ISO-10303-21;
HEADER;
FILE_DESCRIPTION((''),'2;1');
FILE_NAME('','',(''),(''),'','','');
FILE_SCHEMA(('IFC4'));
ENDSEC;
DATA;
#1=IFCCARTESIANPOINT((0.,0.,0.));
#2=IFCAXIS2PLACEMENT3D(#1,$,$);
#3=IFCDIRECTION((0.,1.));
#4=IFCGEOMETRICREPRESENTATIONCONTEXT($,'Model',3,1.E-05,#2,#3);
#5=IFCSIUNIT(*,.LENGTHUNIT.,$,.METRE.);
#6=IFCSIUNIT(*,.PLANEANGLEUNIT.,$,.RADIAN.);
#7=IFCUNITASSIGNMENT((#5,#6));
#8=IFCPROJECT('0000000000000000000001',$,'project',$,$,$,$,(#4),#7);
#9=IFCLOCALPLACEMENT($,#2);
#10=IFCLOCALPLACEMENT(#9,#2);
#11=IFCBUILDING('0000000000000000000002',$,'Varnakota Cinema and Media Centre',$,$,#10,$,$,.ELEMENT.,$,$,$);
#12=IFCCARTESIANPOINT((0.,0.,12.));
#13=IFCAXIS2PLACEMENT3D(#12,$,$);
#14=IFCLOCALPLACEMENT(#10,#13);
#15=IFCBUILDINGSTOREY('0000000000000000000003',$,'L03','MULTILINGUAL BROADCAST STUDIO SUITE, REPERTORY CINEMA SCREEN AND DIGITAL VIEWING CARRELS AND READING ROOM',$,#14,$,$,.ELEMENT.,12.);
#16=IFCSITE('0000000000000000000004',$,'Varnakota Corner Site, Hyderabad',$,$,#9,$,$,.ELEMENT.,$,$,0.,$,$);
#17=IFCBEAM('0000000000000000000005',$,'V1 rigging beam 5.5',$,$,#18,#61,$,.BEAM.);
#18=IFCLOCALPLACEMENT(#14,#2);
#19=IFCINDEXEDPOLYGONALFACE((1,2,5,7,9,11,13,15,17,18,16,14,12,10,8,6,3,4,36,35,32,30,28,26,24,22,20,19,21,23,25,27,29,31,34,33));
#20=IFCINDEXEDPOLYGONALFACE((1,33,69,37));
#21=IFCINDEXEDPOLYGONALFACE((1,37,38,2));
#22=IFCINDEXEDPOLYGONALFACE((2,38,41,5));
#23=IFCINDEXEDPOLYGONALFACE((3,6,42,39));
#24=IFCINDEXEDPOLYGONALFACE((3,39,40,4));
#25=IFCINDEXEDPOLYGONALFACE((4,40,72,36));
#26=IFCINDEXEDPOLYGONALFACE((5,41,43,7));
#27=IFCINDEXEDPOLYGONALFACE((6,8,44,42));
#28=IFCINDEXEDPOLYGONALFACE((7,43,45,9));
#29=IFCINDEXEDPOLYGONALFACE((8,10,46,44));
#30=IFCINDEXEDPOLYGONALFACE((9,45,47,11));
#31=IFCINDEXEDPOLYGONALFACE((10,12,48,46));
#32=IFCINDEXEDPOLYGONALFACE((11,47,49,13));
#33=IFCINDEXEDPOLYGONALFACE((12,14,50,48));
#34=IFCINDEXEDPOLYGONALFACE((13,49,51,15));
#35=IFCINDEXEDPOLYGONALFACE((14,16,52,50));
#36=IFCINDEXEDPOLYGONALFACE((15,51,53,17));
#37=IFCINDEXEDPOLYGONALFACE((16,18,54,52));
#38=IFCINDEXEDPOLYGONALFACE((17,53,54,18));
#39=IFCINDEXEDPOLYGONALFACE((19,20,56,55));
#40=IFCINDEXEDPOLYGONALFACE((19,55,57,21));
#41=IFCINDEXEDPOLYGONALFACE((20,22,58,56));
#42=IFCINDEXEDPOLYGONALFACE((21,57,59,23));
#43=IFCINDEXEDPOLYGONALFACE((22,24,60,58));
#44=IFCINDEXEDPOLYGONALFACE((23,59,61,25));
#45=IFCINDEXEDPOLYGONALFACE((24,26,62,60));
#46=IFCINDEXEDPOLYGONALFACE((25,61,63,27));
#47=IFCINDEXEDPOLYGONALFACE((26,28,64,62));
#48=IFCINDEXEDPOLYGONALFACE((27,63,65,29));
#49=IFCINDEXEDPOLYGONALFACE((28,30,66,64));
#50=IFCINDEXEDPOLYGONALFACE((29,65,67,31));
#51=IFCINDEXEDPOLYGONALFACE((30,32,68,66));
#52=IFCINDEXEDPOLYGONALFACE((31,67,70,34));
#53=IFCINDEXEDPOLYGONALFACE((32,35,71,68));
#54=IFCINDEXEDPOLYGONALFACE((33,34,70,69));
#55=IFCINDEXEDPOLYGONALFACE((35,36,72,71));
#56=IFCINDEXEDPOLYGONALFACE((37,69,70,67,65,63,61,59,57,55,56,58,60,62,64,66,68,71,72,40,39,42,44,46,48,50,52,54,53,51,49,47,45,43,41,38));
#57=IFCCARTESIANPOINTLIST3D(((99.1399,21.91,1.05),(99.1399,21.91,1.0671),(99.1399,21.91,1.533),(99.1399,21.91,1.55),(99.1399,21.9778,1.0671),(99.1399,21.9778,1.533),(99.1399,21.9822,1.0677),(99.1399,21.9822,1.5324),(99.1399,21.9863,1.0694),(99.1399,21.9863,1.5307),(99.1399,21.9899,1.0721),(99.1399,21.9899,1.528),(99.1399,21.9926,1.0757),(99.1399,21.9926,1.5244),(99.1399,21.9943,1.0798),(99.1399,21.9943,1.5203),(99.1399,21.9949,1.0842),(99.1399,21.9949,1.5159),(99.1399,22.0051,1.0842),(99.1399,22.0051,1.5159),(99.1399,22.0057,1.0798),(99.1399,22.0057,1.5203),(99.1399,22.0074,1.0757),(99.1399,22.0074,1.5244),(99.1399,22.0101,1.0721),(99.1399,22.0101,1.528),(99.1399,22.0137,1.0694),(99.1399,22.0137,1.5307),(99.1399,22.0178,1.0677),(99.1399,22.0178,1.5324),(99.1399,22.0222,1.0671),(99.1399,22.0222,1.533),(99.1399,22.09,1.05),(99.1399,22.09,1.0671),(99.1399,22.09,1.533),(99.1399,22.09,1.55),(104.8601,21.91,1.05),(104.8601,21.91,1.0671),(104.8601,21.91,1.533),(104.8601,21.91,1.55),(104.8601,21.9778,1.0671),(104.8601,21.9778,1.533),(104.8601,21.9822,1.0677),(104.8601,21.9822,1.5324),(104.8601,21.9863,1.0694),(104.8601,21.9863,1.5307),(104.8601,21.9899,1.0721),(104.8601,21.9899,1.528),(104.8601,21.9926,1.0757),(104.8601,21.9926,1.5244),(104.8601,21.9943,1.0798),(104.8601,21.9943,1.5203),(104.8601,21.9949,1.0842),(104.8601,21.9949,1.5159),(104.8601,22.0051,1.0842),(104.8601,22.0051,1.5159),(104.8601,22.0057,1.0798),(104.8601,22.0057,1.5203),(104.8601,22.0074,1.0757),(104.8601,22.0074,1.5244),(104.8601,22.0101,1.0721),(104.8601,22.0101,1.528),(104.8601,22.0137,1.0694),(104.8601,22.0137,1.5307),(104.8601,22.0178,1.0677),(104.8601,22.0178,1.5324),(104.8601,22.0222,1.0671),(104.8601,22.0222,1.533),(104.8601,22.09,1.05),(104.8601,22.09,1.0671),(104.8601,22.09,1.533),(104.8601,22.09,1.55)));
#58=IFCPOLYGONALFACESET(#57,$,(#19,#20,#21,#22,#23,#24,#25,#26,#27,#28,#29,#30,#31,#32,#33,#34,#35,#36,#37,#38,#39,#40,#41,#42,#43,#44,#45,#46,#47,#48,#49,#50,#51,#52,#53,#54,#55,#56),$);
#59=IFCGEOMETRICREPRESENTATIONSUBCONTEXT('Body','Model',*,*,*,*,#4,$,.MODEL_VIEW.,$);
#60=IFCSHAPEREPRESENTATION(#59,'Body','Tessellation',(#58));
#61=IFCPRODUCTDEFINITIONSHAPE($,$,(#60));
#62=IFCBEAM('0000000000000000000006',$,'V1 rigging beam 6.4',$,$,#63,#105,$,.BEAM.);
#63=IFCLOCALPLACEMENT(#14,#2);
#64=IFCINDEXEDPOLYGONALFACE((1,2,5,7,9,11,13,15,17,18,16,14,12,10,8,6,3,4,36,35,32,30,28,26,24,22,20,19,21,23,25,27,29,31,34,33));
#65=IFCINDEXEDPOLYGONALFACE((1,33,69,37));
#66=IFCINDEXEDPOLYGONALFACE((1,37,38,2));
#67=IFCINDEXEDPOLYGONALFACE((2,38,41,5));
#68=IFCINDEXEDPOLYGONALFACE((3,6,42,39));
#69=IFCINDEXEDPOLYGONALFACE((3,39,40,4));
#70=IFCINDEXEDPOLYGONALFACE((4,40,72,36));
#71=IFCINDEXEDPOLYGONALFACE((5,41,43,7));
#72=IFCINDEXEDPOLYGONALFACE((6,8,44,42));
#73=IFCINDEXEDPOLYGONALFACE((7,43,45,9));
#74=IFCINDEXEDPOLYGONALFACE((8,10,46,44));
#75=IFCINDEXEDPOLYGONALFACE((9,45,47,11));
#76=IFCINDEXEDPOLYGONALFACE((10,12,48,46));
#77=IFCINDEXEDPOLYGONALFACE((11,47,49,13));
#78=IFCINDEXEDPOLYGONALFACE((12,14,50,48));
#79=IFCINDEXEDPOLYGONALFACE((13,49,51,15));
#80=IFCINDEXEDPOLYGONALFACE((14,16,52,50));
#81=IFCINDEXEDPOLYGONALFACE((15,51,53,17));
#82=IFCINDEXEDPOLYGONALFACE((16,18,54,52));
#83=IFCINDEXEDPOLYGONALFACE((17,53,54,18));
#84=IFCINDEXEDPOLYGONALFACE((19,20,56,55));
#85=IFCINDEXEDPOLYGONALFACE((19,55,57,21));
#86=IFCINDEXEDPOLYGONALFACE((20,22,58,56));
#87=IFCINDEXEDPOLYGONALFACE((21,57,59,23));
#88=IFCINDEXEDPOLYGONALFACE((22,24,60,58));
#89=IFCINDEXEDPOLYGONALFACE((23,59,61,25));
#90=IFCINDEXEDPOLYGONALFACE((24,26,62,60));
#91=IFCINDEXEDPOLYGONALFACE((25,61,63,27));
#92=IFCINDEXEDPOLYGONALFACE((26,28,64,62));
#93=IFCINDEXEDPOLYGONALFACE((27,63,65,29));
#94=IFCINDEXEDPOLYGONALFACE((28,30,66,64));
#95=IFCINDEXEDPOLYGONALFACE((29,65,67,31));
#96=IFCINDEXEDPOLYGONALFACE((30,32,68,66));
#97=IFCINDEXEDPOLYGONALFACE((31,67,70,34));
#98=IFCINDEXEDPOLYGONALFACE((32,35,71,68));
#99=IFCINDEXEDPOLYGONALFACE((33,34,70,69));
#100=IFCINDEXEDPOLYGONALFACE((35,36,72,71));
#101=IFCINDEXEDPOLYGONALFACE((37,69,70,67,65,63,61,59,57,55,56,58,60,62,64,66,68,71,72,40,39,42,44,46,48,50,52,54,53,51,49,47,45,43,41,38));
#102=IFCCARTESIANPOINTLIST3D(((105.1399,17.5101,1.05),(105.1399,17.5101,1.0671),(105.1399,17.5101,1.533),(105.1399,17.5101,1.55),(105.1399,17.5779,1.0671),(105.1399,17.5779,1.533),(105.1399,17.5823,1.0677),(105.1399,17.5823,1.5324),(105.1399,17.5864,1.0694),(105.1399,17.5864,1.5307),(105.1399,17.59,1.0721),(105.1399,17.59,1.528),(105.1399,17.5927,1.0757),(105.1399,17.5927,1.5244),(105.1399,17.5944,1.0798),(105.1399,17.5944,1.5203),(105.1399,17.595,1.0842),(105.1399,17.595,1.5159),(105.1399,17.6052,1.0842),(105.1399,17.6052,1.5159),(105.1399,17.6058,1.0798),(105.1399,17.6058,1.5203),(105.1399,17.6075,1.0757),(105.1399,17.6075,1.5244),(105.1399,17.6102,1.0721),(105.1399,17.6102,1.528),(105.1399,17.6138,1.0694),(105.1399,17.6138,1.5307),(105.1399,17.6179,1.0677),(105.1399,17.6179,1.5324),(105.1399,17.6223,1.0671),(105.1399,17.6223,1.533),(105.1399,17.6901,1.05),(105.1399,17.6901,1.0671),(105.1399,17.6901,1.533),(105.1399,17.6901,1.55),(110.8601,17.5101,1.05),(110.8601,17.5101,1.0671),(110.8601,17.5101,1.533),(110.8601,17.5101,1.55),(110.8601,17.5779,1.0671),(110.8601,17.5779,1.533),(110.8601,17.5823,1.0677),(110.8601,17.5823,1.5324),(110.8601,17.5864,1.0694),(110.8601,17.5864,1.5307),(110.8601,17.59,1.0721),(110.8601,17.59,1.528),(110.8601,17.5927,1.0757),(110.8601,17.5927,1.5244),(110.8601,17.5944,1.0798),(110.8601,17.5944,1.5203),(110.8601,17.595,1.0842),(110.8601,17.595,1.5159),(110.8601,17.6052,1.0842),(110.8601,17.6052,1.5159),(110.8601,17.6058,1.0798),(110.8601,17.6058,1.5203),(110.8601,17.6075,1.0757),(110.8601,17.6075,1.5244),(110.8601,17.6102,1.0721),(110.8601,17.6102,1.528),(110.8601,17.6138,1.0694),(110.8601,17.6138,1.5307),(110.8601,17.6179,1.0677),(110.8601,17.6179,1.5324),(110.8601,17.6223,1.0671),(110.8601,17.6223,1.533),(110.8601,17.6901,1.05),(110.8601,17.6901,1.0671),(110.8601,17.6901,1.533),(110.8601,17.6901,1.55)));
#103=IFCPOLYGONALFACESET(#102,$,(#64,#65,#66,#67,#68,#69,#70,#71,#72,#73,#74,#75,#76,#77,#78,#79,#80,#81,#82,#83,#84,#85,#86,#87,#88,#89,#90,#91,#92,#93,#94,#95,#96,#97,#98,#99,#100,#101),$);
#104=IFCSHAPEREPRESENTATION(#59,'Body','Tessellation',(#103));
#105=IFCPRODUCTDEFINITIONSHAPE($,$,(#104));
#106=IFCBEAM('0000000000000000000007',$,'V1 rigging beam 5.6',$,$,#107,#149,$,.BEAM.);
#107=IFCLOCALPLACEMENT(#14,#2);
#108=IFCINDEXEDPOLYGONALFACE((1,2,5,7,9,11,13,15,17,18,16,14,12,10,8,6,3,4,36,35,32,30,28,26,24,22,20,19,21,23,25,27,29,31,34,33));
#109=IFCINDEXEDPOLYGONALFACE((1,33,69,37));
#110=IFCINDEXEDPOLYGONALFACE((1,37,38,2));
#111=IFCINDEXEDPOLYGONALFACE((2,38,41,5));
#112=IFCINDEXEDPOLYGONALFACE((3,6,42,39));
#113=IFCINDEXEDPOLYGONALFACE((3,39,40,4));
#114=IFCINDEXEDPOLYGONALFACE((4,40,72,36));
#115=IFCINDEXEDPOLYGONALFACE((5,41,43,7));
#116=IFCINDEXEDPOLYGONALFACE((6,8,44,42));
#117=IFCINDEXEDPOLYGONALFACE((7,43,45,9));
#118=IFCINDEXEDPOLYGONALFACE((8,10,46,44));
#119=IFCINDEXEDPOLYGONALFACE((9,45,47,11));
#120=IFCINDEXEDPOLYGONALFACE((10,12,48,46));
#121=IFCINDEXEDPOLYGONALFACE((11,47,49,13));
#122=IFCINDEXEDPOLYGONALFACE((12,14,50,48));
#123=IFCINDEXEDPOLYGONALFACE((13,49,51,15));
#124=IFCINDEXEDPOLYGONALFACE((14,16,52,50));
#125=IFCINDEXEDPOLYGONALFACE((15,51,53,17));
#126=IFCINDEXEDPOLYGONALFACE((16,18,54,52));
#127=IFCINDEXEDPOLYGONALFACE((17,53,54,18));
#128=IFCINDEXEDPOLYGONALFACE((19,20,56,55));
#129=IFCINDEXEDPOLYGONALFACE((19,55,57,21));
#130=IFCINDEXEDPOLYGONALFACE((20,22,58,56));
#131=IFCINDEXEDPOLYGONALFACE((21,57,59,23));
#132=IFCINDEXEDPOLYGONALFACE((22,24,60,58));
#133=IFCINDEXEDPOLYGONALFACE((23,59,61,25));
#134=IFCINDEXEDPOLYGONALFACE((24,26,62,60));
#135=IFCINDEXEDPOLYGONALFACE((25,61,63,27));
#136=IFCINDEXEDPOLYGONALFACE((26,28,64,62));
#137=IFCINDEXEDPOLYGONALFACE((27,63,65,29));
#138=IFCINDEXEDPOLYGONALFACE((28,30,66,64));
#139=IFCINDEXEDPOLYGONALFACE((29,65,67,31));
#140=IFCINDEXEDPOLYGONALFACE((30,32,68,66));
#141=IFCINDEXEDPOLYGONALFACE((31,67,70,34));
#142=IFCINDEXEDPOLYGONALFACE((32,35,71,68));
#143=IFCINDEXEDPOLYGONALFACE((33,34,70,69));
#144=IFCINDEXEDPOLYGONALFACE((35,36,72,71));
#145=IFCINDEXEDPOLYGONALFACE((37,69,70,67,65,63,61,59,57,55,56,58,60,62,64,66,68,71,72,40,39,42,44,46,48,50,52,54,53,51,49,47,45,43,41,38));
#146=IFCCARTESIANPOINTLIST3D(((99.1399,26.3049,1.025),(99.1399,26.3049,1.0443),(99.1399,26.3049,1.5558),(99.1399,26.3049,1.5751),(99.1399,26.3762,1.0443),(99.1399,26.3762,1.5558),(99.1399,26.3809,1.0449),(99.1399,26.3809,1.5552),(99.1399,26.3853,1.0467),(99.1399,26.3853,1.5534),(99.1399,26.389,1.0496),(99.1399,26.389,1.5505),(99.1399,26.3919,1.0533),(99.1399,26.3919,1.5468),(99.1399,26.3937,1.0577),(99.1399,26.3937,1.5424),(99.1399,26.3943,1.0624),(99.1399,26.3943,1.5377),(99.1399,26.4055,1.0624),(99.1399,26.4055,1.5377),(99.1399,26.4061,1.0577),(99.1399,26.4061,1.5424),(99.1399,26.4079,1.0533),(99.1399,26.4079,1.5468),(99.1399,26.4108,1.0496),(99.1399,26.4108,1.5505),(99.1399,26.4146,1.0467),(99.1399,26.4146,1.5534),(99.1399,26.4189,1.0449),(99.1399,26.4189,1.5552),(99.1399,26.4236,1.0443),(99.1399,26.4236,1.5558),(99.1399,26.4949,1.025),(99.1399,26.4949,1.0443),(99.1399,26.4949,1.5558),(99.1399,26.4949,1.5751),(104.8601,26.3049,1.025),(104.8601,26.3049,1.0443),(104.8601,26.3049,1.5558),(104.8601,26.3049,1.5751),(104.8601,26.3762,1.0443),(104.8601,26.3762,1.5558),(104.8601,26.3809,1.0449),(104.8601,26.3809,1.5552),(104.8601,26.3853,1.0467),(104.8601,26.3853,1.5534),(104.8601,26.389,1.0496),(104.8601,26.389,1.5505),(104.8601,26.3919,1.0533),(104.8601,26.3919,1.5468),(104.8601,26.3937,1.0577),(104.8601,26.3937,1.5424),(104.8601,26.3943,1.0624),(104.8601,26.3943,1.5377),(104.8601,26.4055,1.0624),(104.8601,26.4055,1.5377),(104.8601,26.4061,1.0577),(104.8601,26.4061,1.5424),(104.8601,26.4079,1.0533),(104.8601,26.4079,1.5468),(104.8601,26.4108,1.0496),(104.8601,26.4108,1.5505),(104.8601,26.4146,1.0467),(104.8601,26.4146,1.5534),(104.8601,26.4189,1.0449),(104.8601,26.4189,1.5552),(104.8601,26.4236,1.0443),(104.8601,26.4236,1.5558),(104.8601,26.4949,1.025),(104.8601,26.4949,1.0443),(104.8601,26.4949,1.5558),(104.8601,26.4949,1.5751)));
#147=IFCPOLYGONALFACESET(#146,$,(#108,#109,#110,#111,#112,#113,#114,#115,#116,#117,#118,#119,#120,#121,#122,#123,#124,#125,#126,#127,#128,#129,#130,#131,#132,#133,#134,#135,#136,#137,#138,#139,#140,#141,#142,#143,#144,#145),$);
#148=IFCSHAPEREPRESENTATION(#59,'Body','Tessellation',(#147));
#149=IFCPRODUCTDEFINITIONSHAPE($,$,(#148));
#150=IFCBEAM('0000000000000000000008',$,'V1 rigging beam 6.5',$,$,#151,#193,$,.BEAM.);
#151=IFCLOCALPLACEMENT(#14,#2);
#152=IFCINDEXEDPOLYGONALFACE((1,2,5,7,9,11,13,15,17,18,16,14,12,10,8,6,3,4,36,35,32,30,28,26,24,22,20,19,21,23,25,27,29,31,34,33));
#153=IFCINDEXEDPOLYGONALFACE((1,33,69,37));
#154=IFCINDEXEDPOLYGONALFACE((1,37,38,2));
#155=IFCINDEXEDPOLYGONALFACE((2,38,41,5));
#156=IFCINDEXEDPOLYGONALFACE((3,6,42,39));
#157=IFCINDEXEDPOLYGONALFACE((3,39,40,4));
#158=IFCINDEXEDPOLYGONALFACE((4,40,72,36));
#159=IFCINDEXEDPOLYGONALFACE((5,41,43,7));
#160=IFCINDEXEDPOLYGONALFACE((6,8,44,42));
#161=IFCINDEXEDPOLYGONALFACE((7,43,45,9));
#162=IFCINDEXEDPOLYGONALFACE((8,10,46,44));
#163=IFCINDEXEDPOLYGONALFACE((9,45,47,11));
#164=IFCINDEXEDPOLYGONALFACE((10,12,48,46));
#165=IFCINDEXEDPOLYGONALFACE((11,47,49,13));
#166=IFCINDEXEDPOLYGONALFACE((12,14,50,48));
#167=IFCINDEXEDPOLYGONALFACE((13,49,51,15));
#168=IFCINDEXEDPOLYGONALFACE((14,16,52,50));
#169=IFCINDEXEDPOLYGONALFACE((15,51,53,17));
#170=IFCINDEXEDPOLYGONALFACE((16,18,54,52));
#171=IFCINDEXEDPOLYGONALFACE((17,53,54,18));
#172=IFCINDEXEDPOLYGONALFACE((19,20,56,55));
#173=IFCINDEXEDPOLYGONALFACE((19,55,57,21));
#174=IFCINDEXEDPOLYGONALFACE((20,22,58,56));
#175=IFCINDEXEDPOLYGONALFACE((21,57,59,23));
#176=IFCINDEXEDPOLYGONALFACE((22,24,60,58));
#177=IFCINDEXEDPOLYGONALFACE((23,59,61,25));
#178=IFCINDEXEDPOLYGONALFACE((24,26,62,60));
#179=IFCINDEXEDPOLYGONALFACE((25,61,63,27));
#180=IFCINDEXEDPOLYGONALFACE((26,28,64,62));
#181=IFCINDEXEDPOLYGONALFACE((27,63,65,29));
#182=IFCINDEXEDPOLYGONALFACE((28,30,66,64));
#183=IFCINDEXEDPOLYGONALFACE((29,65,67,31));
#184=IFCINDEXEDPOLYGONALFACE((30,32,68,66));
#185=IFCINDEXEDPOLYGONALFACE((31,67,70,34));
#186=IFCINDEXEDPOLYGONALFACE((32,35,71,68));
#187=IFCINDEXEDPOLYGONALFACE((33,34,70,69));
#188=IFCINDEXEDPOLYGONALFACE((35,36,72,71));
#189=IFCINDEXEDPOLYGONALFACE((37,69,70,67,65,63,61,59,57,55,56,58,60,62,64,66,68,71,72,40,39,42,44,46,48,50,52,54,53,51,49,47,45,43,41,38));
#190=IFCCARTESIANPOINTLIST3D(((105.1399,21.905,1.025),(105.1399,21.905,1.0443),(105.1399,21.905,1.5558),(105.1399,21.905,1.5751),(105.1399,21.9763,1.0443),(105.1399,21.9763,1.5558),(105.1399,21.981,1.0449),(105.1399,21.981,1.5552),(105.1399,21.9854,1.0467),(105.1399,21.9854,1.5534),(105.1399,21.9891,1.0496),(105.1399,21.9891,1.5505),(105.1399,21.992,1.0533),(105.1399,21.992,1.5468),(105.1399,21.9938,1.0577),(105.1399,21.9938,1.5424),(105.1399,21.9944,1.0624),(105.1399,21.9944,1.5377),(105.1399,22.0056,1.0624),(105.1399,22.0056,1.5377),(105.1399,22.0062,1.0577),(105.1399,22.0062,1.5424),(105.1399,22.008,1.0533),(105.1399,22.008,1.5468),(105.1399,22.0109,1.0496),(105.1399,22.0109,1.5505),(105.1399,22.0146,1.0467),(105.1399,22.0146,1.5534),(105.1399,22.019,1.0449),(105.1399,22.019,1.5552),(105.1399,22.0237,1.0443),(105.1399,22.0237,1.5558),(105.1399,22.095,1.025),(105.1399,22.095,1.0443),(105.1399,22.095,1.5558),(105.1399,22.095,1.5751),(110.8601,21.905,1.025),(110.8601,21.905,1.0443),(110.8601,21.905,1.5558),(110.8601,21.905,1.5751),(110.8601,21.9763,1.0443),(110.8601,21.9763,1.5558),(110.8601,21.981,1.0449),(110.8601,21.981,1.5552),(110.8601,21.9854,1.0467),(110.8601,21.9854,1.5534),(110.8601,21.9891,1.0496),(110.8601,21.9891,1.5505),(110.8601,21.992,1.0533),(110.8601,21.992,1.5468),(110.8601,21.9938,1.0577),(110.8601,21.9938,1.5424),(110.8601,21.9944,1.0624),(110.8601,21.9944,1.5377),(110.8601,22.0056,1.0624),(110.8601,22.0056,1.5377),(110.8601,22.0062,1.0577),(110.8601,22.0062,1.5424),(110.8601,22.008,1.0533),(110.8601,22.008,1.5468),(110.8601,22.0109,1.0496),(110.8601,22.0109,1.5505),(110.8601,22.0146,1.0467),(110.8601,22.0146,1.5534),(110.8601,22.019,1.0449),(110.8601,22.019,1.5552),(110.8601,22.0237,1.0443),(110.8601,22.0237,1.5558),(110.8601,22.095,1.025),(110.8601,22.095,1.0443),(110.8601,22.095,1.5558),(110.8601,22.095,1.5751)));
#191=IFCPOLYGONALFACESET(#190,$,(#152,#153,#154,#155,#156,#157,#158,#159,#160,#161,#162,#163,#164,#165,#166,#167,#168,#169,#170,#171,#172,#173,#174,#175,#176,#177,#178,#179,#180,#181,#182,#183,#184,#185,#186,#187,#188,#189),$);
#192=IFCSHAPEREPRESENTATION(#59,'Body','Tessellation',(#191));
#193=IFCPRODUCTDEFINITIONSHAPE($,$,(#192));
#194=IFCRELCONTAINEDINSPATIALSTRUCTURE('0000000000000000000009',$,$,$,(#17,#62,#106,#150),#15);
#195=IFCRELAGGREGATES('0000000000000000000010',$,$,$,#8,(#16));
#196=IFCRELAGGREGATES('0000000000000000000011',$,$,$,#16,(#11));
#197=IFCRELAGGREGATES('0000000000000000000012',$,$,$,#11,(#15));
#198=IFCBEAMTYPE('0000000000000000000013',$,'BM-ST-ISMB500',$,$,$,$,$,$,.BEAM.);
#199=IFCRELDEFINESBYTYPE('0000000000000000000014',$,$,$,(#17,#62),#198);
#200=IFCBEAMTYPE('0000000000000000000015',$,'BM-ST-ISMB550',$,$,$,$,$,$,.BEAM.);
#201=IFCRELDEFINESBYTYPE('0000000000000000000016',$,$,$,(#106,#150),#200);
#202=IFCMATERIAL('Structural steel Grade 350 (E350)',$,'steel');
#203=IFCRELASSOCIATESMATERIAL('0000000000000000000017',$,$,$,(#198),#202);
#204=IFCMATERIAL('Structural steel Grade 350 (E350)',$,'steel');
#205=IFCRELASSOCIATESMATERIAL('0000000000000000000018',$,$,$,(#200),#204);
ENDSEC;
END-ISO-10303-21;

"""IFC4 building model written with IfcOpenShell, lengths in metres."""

from ifc_helpers import new_model, si_unit, direction, frame, origin, origin_2d, place, context, subcontext, project, spatial, i_section, extrude, material, material_profile, profile_set, type_object, element, save


model = new_model("IFC4")

# Units and contexts
model_context = context("Model", 3, precision=1e-05, world=origin(), true_north=direction((0.0, 1.0)))
body_context = subcontext(model_context, "Body", "Model", "MODEL_VIEW")
ifc_project = project(units=[si_unit("LENGTHUNIT", "METRE"), si_unit("PLANEANGLEUNIT", "RADIAN")], contexts=[model_context])

# Site, building, storey
site_placement = place(None, origin())
site = spatial("IfcSite", under=ifc_project, at=site_placement, Name="Varnakota Corner Site, Hyderabad", CompositionType="ELEMENT", RefElevation=0.0)
building_placement = place(site_placement, origin())
building = spatial("IfcBuilding", under=site, at=building_placement, Name="Varnakota Cinema and Media Centre", CompositionType="ELEMENT")
storey_placement = place(building_placement, frame((0.0, 0.0, 12.0)))
storey = spatial("IfcBuildingStorey", under=building, at=storey_placement, Name="L03", Description="MULTILINGUAL BROADCAST STUDIO SUITE, REPERTORY CINEMA SCREEN AND DIGITAL VIEWING CARRELS AND READING ROOM", CompositionType="ELEMENT", Elevation=12.0)

# Beams
ifc_material_1 = material(Name="Structural steel Grade 350 (E350)", Category="steel")
ifc_material_profile_1 = material_profile(ifc_material_1, i_section(OverallWidth=0.1799, OverallDepth=0.5, WebThickness=0.0103, FlangeThickness=0.0171, FilletRadius=0.0171, at=origin_2d()), Name="ISMB 500")
ifc_profile_set_1 = profile_set([ifc_material_profile_1], Name="Structural steel Grade 350 (E350)")
beam_type_1 = type_object("IfcBeamType", Name="BM-ST-ISMB500", PredefinedType="BEAM", material=ifc_profile_set_1)
for number, where, z_axis, x_axis, name in (
    (1, (99.1399, 22.0, 1.3), (1.0, 0.0, 0.0), (0.0, 1.0, 0.0), "V1 rigging beam 5.5"),
    (2, (105.1399, 17.6001, 1.3), (1.0, 0.0, 0.0), (0.0, 1.0, 0.0), "V1 rigging beam 6.4"),
):
    element("IfcBeam", number, at=place(storey_placement, frame(where, z_axis=z_axis, x_axis=x_axis)), inside=storey, type_object=beam_type_1, Name=name, PredefinedType="BEAM", context=body_context, shape_type="SweptSolid", body=[
        extrude(i_section(OverallWidth=0.1799, OverallDepth=0.5, WebThickness=0.0103, FlangeThickness=0.0171, FilletRadius=0.0171, at=origin_2d()), origin(), (0.0, 0.0, 1.0), 5.7202),
    ])
ifc_material_2 = material(Name="Structural steel Grade 350 (E350)", Category="steel")
ifc_material_profile_2 = material_profile(ifc_material_2, i_section(OverallWidth=0.1899, OverallDepth=0.55, WebThickness=0.0112, FlangeThickness=0.0193, FilletRadius=0.0181, at=origin_2d()), Name="ISMB 550")
ifc_profile_set_2 = profile_set([ifc_material_profile_2], Name="Structural steel Grade 350 (E350)")
beam_type_2 = type_object("IfcBeamType", Name="BM-ST-ISMB550", PredefinedType="BEAM", material=ifc_profile_set_2)
for number, where, z_axis, x_axis, name in (
    (3, (99.1399, 26.3999, 1.3), (1.0, 0.0, 0.0), (0.0, 1.0, 0.0), "V1 rigging beam 5.6"),
    (4, (105.1399, 22.0, 1.3), (1.0, 0.0, 0.0), (0.0, 1.0, 0.0), "V1 rigging beam 6.5"),
):
    element("IfcBeam", number, at=place(storey_placement, frame(where, z_axis=z_axis, x_axis=x_axis)), inside=storey, type_object=beam_type_2, Name=name, PredefinedType="BEAM", context=body_context, shape_type="SweptSolid", body=[
        extrude(i_section(OverallWidth=0.1899, OverallDepth=0.55, WebThickness=0.0112, FlangeThickness=0.0193, FilletRadius=0.0181, at=origin_2d()), origin(), (0.0, 0.0, 1.0), 5.7202),
    ])

save(model, "model.ifc")
